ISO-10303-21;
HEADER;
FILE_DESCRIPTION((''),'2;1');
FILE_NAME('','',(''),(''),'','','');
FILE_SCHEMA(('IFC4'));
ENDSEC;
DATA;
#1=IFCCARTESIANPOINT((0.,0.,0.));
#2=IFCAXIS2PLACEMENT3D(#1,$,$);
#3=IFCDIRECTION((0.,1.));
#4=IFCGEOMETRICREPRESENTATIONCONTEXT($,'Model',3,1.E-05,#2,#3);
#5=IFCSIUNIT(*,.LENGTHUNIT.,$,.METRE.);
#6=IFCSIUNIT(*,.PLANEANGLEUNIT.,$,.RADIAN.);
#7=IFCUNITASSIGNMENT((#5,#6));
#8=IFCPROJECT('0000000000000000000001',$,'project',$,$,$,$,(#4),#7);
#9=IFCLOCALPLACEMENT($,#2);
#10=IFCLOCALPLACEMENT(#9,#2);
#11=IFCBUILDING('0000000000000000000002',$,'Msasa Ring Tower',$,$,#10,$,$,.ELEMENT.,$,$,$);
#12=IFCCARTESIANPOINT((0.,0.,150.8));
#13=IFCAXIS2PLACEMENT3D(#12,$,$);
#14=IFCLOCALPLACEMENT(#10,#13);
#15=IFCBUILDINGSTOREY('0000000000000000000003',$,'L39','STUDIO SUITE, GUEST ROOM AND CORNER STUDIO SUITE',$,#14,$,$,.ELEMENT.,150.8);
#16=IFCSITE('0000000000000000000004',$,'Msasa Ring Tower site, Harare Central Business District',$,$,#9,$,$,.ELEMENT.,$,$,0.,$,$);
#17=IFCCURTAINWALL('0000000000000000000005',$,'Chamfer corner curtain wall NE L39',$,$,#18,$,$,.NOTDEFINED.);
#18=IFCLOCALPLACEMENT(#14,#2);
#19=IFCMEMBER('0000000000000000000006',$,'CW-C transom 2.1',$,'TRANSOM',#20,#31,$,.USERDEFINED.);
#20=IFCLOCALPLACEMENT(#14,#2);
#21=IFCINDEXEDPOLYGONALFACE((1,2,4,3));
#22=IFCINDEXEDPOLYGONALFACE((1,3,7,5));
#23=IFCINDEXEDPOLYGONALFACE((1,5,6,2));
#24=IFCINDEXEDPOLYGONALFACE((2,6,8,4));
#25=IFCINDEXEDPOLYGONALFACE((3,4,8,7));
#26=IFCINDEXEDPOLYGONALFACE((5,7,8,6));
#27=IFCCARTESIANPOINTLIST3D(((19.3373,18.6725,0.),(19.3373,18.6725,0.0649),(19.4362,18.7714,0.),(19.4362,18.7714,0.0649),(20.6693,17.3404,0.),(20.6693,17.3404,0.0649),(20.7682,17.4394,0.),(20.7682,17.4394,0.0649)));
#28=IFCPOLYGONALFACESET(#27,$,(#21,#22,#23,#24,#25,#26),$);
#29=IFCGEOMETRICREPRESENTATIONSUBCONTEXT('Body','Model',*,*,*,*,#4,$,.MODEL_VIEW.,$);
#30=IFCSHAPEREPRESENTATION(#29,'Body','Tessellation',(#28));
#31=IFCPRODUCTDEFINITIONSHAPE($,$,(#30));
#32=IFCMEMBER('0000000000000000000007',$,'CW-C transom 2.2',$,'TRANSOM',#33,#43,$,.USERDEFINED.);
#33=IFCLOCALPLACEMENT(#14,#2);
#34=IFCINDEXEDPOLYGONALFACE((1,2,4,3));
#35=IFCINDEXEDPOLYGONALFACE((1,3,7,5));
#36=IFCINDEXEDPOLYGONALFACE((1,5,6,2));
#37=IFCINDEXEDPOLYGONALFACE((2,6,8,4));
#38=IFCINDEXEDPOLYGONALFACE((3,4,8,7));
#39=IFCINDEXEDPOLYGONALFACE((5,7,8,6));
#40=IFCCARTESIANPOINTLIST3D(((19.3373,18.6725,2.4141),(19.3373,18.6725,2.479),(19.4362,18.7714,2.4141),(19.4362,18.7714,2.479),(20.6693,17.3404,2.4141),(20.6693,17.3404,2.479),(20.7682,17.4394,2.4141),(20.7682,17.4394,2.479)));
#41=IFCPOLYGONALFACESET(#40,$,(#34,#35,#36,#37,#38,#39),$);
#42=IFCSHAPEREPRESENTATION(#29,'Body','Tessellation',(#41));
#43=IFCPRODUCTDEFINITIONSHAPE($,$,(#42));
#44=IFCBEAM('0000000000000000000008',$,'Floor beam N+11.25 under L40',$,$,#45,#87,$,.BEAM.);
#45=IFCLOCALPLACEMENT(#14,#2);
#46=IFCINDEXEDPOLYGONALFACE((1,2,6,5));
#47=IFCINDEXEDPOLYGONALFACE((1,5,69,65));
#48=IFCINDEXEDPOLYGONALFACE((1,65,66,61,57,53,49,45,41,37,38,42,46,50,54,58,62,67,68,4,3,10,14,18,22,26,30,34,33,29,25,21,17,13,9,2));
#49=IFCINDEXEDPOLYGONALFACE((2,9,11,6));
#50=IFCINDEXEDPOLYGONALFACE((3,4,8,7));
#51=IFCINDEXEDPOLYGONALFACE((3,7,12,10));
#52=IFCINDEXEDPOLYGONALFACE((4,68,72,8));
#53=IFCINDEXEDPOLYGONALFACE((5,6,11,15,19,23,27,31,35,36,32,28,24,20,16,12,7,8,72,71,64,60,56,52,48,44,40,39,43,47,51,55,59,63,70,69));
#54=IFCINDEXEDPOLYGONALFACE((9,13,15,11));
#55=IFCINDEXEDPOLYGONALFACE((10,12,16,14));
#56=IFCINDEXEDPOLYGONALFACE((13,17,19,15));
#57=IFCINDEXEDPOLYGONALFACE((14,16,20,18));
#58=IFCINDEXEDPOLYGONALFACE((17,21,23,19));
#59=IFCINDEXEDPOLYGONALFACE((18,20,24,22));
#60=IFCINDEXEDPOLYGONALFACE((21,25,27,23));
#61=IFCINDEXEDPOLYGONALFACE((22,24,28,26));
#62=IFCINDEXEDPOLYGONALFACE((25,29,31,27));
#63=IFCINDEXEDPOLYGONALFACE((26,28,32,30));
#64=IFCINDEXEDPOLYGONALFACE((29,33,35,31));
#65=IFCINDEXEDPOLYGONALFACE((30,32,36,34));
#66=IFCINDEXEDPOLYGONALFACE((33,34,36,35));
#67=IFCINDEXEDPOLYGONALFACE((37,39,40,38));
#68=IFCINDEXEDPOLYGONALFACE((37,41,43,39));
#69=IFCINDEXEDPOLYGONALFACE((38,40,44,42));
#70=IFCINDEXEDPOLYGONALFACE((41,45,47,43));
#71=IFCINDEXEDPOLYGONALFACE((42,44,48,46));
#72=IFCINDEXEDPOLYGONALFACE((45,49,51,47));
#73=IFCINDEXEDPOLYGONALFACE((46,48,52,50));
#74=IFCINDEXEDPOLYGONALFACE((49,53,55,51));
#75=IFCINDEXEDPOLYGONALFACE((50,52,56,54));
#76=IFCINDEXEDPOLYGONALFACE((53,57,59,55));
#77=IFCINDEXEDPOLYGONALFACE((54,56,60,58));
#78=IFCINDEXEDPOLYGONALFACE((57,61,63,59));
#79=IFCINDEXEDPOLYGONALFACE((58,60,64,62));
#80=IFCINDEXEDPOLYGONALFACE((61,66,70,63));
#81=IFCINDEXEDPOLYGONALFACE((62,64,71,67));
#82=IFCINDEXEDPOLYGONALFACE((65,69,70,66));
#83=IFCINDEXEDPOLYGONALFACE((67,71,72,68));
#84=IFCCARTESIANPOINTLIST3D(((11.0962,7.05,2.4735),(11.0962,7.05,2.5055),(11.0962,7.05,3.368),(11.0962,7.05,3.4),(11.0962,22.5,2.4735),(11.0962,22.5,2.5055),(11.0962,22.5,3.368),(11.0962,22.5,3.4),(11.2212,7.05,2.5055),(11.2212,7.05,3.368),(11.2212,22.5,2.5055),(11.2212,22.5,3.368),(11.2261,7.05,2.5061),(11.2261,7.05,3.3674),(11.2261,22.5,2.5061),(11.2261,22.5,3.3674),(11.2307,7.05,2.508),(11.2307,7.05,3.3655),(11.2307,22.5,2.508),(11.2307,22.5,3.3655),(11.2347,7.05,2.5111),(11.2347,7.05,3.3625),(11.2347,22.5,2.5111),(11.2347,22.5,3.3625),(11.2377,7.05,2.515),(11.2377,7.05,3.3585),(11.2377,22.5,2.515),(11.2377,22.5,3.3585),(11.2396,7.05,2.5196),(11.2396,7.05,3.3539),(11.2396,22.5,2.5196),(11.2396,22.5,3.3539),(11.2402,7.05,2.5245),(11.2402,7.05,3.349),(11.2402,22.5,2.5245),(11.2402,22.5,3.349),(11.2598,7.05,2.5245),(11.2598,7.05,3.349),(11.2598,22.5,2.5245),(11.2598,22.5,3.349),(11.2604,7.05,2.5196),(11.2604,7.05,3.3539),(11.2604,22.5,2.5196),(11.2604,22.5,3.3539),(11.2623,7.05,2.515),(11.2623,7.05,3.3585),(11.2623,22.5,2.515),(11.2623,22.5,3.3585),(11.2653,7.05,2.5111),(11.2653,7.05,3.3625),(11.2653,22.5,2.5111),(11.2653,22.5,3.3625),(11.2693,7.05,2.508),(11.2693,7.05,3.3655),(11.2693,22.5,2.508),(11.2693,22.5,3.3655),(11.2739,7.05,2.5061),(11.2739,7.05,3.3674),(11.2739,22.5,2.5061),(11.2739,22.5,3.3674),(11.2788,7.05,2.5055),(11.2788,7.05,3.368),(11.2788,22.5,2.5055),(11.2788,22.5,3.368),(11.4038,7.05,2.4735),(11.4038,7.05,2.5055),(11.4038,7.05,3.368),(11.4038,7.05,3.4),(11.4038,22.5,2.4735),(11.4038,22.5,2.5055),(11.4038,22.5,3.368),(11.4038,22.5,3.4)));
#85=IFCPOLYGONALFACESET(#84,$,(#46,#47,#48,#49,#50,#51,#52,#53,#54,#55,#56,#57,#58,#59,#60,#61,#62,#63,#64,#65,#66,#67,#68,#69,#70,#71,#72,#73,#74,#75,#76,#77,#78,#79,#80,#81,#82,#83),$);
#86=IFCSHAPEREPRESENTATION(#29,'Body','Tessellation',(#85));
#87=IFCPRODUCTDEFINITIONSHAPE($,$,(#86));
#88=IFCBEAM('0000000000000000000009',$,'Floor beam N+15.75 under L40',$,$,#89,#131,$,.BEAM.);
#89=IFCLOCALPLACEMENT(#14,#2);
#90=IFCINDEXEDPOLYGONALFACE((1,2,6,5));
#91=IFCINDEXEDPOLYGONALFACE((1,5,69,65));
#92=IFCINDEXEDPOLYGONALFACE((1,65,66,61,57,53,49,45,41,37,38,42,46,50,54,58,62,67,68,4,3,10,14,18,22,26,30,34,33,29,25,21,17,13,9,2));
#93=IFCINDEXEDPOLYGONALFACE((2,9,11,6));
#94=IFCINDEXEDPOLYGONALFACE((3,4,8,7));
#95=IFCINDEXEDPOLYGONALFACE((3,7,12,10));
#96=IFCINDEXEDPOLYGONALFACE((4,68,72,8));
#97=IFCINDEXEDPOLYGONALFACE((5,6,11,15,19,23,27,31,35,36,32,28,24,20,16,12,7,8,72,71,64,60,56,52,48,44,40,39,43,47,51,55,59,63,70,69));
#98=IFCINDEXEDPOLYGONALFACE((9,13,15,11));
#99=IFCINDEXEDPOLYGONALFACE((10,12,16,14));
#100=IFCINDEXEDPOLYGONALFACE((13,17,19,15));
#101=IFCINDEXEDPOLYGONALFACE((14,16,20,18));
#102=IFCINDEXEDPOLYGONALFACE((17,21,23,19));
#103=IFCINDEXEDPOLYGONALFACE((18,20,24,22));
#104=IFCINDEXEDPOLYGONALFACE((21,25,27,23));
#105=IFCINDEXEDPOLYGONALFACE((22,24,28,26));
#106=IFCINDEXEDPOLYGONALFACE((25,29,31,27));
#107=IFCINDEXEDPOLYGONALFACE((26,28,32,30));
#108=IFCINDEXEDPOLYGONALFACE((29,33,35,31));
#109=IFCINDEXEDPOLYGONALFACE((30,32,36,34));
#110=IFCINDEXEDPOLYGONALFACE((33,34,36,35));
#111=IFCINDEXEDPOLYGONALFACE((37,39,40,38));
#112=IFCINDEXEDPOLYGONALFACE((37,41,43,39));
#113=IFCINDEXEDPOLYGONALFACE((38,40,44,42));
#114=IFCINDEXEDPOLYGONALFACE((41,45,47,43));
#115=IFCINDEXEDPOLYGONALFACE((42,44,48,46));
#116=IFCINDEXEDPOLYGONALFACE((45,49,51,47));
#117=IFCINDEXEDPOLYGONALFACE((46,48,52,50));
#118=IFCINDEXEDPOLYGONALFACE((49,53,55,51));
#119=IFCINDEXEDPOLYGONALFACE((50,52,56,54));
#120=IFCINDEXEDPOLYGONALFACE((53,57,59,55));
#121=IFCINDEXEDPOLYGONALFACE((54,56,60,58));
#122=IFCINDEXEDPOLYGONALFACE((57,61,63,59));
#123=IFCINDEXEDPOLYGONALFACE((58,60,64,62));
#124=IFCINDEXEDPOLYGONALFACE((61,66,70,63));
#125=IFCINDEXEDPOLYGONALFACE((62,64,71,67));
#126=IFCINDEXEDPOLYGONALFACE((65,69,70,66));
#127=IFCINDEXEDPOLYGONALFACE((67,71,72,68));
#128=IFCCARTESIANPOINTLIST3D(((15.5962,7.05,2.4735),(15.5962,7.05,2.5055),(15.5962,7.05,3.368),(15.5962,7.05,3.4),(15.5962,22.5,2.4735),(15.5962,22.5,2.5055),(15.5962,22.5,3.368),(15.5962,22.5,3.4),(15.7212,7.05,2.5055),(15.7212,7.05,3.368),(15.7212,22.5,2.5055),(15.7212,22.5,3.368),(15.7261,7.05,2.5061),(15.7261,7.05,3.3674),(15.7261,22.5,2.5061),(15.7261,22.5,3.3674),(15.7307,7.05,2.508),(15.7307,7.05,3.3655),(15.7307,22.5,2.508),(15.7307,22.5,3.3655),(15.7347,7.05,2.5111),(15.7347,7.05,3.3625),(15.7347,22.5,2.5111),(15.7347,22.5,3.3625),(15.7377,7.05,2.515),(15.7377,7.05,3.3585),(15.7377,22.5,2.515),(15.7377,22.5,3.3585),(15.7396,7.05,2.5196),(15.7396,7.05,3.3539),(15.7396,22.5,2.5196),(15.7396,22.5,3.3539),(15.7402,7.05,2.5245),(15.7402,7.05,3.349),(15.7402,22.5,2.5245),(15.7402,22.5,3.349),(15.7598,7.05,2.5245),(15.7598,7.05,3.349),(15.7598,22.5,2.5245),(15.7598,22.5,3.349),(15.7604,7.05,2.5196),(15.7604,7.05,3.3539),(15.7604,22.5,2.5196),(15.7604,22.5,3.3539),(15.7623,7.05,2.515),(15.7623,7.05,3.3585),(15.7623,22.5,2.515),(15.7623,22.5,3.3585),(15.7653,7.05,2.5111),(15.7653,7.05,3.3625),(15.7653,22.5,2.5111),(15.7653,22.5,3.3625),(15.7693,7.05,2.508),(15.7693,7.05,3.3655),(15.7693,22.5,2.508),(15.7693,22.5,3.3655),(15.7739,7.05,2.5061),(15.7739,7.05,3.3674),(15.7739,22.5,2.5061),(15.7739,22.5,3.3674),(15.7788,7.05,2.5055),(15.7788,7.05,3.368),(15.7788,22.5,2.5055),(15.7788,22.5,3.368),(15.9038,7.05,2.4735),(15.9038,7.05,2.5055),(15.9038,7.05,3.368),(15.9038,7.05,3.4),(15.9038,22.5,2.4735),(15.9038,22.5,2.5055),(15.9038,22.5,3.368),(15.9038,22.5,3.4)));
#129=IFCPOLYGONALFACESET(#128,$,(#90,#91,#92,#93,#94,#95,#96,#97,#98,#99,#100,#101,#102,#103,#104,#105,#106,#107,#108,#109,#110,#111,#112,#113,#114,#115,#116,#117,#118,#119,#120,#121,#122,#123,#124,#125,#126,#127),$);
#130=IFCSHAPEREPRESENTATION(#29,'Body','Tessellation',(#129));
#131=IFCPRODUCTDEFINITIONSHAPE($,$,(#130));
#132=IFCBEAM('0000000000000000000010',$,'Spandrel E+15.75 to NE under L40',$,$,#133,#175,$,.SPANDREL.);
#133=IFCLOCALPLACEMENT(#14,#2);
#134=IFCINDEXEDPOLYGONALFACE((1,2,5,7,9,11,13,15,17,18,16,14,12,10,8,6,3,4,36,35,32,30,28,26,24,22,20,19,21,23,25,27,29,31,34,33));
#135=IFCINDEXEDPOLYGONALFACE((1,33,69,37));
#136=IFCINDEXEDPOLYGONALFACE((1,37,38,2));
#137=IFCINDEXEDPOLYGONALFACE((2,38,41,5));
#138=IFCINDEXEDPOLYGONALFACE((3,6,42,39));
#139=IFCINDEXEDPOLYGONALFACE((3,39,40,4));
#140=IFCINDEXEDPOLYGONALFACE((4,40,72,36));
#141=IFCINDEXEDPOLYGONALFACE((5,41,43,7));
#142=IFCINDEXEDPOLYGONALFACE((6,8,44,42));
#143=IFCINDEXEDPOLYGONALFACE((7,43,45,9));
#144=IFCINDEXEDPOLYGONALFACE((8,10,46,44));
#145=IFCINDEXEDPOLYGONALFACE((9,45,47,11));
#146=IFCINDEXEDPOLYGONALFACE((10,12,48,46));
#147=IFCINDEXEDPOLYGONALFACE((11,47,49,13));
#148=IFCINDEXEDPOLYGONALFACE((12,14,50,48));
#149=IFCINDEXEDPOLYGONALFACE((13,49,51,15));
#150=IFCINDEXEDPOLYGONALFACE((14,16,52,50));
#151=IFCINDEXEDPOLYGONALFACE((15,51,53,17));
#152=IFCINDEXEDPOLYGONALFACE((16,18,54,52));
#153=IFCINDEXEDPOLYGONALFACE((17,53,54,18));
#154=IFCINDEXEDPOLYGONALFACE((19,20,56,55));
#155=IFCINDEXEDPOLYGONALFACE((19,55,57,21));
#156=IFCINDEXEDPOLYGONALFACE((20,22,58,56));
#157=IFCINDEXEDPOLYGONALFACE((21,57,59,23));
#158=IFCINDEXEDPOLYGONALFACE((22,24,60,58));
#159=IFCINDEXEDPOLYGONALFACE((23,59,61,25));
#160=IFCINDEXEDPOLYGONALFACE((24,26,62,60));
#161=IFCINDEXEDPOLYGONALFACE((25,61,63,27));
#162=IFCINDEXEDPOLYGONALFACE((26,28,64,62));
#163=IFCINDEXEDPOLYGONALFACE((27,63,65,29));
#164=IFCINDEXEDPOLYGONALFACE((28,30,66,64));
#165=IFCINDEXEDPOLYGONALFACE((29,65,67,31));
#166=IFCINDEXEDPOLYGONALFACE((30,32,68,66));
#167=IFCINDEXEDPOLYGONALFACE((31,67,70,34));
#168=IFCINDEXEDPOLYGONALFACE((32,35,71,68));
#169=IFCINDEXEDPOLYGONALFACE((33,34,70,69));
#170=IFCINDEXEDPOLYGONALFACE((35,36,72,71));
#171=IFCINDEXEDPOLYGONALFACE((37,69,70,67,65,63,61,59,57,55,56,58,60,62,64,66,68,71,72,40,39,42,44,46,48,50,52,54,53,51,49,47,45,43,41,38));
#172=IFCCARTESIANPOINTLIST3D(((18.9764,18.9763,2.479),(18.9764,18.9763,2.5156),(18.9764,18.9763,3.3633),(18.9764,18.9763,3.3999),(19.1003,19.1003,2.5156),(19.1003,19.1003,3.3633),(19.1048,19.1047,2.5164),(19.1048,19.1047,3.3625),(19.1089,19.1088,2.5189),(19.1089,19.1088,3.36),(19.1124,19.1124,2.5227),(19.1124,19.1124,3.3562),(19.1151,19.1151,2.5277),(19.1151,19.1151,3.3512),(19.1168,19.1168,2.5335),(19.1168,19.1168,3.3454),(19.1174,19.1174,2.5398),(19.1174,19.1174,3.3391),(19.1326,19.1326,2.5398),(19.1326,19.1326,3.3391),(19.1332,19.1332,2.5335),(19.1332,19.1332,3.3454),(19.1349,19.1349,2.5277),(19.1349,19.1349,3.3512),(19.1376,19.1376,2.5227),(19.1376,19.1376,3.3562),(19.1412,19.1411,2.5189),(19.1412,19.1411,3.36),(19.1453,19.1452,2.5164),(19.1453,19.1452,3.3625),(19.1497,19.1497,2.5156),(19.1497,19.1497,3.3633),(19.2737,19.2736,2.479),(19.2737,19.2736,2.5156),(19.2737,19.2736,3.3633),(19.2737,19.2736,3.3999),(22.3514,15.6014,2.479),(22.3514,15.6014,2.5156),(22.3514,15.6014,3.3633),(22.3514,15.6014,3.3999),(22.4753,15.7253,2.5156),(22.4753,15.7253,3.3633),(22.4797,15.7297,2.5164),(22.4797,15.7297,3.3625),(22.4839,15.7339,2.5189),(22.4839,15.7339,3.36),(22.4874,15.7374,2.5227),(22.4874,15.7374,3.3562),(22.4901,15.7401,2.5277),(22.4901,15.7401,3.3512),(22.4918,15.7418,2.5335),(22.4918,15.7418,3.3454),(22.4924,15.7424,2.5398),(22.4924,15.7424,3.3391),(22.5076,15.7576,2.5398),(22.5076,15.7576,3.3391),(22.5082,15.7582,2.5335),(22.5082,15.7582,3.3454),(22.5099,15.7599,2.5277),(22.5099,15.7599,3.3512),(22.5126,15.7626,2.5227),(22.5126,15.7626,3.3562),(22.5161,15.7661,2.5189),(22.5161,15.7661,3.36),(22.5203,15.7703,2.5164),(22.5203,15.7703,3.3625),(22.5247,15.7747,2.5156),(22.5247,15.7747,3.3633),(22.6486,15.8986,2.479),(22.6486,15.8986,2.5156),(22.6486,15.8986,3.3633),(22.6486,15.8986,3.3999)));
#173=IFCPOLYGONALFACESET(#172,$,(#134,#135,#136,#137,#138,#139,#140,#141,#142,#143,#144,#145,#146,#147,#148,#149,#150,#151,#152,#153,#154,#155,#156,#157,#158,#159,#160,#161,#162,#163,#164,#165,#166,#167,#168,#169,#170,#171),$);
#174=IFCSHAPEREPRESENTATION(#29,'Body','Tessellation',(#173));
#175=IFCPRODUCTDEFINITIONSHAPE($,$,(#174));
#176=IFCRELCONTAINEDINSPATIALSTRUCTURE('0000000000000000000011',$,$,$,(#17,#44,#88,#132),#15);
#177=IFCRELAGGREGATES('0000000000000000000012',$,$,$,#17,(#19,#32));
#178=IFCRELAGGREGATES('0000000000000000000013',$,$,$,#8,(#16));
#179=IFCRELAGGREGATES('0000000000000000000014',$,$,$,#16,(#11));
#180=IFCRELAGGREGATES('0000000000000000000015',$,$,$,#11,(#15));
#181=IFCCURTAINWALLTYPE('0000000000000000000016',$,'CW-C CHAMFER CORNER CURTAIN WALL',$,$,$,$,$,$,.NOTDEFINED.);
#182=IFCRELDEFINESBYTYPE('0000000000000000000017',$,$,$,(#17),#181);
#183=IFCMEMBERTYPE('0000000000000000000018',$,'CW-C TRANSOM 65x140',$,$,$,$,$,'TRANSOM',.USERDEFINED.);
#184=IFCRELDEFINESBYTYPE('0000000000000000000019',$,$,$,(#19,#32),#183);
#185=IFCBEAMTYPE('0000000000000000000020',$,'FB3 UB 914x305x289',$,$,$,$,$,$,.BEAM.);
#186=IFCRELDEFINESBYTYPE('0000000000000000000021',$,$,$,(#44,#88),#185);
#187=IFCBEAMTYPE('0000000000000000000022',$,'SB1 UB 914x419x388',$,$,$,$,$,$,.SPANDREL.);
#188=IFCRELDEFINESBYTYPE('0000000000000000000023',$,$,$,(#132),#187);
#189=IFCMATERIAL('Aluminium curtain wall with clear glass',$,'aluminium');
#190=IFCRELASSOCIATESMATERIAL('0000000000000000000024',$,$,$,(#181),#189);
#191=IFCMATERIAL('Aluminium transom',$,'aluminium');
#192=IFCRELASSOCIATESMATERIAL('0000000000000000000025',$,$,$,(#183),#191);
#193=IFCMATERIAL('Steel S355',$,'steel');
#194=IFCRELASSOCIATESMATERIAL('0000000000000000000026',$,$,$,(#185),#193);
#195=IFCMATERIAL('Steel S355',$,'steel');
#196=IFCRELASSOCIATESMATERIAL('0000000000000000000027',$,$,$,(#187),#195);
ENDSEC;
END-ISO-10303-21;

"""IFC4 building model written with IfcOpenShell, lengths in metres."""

from ifc_helpers import new_model, si_unit, direction, frame, origin, origin_2d, place, context, subcontext, project, spatial, rectangle, i_section, extrude, material, material_profile, profile_set, type_object, element, aggregate, save


model = new_model("IFC4")

# Units and contexts
model_context = context("Model", 3, precision=1e-05, world=origin(), true_north=direction((0.0, 1.0)))
body_context = subcontext(model_context, "Body", "Model", "MODEL_VIEW")
ifc_project = project(units=[si_unit("LENGTHUNIT", "METRE"), si_unit("PLANEANGLEUNIT", "RADIAN")], contexts=[model_context])

# Site, building, storey
site_placement = place(None, origin())
site = spatial("IfcSite", under=ifc_project, at=site_placement, Name="Msasa Ring Tower site, Harare Central Business District", CompositionType="ELEMENT", RefElevation=0.0)
building_placement = place(site_placement, origin())
building = spatial("IfcBuilding", under=site, at=building_placement, Name="Msasa Ring Tower", CompositionType="ELEMENT")
storey_placement = place(building_placement, frame((0.0, 0.0, 150.8)))
storey = spatial("IfcBuildingStorey", under=building, at=storey_placement, Name="L39", Description="STUDIO SUITE, GUEST ROOM AND CORNER STUDIO SUITE", CompositionType="ELEMENT", Elevation=150.8)

# Curtain wall
ifc_material_1 = material(Name="Aluminium curtain wall with clear glass", Category="aluminium")
curtain_wall_type = type_object("IfcCurtainWallType", Name="CW-C CHAMFER CORNER CURTAIN WALL", PredefinedType="NOTDEFINED", material=ifc_material_1)
curtain_wall_1_placement = place(storey_placement, origin())
curtain_wall_1 = element("IfcCurtainWall", 1, at=curtain_wall_1_placement, inside=storey, type_object=curtain_wall_type, Name="Chamfer corner curtain wall NE L39", PredefinedType="NOTDEFINED")

# Members
ifc_material_2 = material(Name="Aluminium transom", Category="aluminium")
ifc_material_profile_1 = material_profile(ifc_material_2, rectangle(XDim=0.1399, YDim=0.0649, at=origin_2d()), Name="AL 65x140")
ifc_profile_set_1 = profile_set([ifc_material_profile_1], Name="Aluminium transom")
member_type_1 = type_object("IfcMemberType", Name="CW-C TRANSOM 65x140", ElementType="TRANSOM", PredefinedType="USERDEFINED", material=ifc_profile_set_1)
member_1_placement = place(storey_placement, frame((20.7188, 17.3899, 0.0325), z_axis=(-0.707107, 0.707107, 0.0), x_axis=(-0.707107, -0.707107, 0.0)))
member_1 = element("IfcMember", 2, at=member_1_placement, type_object=member_type_1, Name="CW-C transom 2.1", ObjectType="TRANSOM", PredefinedType="USERDEFINED", context=body_context, shape_type="SweptSolid", body=[
    extrude(rectangle(XDim=0.1399, YDim=0.0649, at=origin_2d()), origin(), (0.0, 0.0, 1.0), 1.8838),
])
member_2_placement = place(storey_placement, frame((20.7188, 17.3899, 2.4465), z_axis=(-0.707107, 0.707107, 0.0), x_axis=(-0.707107, -0.707107, 0.0)))
member_2 = element("IfcMember", 3, at=member_2_placement, type_object=member_type_1, Name="CW-C transom 2.2", ObjectType="TRANSOM", PredefinedType="USERDEFINED", context=body_context, shape_type="SweptSolid", body=[
    extrude(rectangle(XDim=0.1399, YDim=0.0649, at=origin_2d()), origin(), (0.0, 0.0, 1.0), 1.8838),
])

# Beams
ifc_material_3 = material(Name="Steel S355", Category="steel")
ifc_material_profile_2 = material_profile(ifc_material_3, i_section(OverallWidth=0.3076, OverallDepth=0.9265, WebThickness=0.0195, FlangeThickness=0.032, FilletRadius=0.019, at=origin_2d()), Name="UB 914x305x289")
ifc_profile_set_2 = profile_set([ifc_material_profile_2], Name="Steel S355")
beam_type_1 = type_object("IfcBeamType", Name="FB3 UB 914x305x289", PredefinedType="BEAM", material=ifc_profile_set_2)
for number, where, z_axis, x_axis, name in (
    (4, (11.25, 22.5, 2.9368), (0.0, -1.0, 0.0), (1.0, 0.0, 0.0), "Floor beam N+11.25 under L40"),
    (5, (15.75, 22.5, 2.9368), (0.0, -1.0, 0.0), (1.0, 0.0, 0.0), "Floor beam N+15.75 under L40"),
):
    element("IfcBeam", number, at=place(storey_placement, frame(where, z_axis=z_axis, x_axis=x_axis)), inside=storey, type_object=beam_type_1, Name=name, PredefinedType="BEAM", context=body_context, shape_type="SweptSolid", body=[
        extrude(i_section(OverallWidth=0.3076, OverallDepth=0.9265, WebThickness=0.0195, FlangeThickness=0.032, FilletRadius=0.019, at=origin_2d()), origin(), (0.0, 0.0, 1.0), 15.45),
    ])
ifc_material_4 = material(Name="Steel S355", Category="steel")
ifc_material_profile_3 = material_profile(ifc_material_4, i_section(OverallWidth=0.4204, OverallDepth=0.9209, WebThickness=0.0215, FlangeThickness=0.0366, FilletRadius=0.0242, at=origin_2d()), Name="UB 914x419x388")
ifc_profile_set_3 = profile_set([ifc_material_profile_3], Name="Steel S355")
beam_type_2 = type_object("IfcBeamType", Name="SB1 UB 914x419x388", PredefinedType="SPANDREL", material=ifc_profile_set_3)
for number, where, z_axis, x_axis, name in (
    (6, (22.5, 15.75, 2.9395), (-0.707107, 0.707107, 0.0), (-0.707107, -0.707107, 0.0), "Spandrel E+15.75 to NE under L40"),
):
    element("IfcBeam", number, at=place(storey_placement, frame(where, z_axis=z_axis, x_axis=x_axis)), inside=storey, type_object=beam_type_2, Name=name, PredefinedType="SPANDREL", context=body_context, shape_type="SweptSolid", body=[
        extrude(i_section(OverallWidth=0.4204, OverallDepth=0.9209, WebThickness=0.0215, FlangeThickness=0.0366, FilletRadius=0.0242, at=origin_2d()), origin(), (0.0, 0.0, 1.0), 4.7729),
    ])

aggregate(curtain_wall_1, [member_1, member_2])

save(model, "model.ifc")
